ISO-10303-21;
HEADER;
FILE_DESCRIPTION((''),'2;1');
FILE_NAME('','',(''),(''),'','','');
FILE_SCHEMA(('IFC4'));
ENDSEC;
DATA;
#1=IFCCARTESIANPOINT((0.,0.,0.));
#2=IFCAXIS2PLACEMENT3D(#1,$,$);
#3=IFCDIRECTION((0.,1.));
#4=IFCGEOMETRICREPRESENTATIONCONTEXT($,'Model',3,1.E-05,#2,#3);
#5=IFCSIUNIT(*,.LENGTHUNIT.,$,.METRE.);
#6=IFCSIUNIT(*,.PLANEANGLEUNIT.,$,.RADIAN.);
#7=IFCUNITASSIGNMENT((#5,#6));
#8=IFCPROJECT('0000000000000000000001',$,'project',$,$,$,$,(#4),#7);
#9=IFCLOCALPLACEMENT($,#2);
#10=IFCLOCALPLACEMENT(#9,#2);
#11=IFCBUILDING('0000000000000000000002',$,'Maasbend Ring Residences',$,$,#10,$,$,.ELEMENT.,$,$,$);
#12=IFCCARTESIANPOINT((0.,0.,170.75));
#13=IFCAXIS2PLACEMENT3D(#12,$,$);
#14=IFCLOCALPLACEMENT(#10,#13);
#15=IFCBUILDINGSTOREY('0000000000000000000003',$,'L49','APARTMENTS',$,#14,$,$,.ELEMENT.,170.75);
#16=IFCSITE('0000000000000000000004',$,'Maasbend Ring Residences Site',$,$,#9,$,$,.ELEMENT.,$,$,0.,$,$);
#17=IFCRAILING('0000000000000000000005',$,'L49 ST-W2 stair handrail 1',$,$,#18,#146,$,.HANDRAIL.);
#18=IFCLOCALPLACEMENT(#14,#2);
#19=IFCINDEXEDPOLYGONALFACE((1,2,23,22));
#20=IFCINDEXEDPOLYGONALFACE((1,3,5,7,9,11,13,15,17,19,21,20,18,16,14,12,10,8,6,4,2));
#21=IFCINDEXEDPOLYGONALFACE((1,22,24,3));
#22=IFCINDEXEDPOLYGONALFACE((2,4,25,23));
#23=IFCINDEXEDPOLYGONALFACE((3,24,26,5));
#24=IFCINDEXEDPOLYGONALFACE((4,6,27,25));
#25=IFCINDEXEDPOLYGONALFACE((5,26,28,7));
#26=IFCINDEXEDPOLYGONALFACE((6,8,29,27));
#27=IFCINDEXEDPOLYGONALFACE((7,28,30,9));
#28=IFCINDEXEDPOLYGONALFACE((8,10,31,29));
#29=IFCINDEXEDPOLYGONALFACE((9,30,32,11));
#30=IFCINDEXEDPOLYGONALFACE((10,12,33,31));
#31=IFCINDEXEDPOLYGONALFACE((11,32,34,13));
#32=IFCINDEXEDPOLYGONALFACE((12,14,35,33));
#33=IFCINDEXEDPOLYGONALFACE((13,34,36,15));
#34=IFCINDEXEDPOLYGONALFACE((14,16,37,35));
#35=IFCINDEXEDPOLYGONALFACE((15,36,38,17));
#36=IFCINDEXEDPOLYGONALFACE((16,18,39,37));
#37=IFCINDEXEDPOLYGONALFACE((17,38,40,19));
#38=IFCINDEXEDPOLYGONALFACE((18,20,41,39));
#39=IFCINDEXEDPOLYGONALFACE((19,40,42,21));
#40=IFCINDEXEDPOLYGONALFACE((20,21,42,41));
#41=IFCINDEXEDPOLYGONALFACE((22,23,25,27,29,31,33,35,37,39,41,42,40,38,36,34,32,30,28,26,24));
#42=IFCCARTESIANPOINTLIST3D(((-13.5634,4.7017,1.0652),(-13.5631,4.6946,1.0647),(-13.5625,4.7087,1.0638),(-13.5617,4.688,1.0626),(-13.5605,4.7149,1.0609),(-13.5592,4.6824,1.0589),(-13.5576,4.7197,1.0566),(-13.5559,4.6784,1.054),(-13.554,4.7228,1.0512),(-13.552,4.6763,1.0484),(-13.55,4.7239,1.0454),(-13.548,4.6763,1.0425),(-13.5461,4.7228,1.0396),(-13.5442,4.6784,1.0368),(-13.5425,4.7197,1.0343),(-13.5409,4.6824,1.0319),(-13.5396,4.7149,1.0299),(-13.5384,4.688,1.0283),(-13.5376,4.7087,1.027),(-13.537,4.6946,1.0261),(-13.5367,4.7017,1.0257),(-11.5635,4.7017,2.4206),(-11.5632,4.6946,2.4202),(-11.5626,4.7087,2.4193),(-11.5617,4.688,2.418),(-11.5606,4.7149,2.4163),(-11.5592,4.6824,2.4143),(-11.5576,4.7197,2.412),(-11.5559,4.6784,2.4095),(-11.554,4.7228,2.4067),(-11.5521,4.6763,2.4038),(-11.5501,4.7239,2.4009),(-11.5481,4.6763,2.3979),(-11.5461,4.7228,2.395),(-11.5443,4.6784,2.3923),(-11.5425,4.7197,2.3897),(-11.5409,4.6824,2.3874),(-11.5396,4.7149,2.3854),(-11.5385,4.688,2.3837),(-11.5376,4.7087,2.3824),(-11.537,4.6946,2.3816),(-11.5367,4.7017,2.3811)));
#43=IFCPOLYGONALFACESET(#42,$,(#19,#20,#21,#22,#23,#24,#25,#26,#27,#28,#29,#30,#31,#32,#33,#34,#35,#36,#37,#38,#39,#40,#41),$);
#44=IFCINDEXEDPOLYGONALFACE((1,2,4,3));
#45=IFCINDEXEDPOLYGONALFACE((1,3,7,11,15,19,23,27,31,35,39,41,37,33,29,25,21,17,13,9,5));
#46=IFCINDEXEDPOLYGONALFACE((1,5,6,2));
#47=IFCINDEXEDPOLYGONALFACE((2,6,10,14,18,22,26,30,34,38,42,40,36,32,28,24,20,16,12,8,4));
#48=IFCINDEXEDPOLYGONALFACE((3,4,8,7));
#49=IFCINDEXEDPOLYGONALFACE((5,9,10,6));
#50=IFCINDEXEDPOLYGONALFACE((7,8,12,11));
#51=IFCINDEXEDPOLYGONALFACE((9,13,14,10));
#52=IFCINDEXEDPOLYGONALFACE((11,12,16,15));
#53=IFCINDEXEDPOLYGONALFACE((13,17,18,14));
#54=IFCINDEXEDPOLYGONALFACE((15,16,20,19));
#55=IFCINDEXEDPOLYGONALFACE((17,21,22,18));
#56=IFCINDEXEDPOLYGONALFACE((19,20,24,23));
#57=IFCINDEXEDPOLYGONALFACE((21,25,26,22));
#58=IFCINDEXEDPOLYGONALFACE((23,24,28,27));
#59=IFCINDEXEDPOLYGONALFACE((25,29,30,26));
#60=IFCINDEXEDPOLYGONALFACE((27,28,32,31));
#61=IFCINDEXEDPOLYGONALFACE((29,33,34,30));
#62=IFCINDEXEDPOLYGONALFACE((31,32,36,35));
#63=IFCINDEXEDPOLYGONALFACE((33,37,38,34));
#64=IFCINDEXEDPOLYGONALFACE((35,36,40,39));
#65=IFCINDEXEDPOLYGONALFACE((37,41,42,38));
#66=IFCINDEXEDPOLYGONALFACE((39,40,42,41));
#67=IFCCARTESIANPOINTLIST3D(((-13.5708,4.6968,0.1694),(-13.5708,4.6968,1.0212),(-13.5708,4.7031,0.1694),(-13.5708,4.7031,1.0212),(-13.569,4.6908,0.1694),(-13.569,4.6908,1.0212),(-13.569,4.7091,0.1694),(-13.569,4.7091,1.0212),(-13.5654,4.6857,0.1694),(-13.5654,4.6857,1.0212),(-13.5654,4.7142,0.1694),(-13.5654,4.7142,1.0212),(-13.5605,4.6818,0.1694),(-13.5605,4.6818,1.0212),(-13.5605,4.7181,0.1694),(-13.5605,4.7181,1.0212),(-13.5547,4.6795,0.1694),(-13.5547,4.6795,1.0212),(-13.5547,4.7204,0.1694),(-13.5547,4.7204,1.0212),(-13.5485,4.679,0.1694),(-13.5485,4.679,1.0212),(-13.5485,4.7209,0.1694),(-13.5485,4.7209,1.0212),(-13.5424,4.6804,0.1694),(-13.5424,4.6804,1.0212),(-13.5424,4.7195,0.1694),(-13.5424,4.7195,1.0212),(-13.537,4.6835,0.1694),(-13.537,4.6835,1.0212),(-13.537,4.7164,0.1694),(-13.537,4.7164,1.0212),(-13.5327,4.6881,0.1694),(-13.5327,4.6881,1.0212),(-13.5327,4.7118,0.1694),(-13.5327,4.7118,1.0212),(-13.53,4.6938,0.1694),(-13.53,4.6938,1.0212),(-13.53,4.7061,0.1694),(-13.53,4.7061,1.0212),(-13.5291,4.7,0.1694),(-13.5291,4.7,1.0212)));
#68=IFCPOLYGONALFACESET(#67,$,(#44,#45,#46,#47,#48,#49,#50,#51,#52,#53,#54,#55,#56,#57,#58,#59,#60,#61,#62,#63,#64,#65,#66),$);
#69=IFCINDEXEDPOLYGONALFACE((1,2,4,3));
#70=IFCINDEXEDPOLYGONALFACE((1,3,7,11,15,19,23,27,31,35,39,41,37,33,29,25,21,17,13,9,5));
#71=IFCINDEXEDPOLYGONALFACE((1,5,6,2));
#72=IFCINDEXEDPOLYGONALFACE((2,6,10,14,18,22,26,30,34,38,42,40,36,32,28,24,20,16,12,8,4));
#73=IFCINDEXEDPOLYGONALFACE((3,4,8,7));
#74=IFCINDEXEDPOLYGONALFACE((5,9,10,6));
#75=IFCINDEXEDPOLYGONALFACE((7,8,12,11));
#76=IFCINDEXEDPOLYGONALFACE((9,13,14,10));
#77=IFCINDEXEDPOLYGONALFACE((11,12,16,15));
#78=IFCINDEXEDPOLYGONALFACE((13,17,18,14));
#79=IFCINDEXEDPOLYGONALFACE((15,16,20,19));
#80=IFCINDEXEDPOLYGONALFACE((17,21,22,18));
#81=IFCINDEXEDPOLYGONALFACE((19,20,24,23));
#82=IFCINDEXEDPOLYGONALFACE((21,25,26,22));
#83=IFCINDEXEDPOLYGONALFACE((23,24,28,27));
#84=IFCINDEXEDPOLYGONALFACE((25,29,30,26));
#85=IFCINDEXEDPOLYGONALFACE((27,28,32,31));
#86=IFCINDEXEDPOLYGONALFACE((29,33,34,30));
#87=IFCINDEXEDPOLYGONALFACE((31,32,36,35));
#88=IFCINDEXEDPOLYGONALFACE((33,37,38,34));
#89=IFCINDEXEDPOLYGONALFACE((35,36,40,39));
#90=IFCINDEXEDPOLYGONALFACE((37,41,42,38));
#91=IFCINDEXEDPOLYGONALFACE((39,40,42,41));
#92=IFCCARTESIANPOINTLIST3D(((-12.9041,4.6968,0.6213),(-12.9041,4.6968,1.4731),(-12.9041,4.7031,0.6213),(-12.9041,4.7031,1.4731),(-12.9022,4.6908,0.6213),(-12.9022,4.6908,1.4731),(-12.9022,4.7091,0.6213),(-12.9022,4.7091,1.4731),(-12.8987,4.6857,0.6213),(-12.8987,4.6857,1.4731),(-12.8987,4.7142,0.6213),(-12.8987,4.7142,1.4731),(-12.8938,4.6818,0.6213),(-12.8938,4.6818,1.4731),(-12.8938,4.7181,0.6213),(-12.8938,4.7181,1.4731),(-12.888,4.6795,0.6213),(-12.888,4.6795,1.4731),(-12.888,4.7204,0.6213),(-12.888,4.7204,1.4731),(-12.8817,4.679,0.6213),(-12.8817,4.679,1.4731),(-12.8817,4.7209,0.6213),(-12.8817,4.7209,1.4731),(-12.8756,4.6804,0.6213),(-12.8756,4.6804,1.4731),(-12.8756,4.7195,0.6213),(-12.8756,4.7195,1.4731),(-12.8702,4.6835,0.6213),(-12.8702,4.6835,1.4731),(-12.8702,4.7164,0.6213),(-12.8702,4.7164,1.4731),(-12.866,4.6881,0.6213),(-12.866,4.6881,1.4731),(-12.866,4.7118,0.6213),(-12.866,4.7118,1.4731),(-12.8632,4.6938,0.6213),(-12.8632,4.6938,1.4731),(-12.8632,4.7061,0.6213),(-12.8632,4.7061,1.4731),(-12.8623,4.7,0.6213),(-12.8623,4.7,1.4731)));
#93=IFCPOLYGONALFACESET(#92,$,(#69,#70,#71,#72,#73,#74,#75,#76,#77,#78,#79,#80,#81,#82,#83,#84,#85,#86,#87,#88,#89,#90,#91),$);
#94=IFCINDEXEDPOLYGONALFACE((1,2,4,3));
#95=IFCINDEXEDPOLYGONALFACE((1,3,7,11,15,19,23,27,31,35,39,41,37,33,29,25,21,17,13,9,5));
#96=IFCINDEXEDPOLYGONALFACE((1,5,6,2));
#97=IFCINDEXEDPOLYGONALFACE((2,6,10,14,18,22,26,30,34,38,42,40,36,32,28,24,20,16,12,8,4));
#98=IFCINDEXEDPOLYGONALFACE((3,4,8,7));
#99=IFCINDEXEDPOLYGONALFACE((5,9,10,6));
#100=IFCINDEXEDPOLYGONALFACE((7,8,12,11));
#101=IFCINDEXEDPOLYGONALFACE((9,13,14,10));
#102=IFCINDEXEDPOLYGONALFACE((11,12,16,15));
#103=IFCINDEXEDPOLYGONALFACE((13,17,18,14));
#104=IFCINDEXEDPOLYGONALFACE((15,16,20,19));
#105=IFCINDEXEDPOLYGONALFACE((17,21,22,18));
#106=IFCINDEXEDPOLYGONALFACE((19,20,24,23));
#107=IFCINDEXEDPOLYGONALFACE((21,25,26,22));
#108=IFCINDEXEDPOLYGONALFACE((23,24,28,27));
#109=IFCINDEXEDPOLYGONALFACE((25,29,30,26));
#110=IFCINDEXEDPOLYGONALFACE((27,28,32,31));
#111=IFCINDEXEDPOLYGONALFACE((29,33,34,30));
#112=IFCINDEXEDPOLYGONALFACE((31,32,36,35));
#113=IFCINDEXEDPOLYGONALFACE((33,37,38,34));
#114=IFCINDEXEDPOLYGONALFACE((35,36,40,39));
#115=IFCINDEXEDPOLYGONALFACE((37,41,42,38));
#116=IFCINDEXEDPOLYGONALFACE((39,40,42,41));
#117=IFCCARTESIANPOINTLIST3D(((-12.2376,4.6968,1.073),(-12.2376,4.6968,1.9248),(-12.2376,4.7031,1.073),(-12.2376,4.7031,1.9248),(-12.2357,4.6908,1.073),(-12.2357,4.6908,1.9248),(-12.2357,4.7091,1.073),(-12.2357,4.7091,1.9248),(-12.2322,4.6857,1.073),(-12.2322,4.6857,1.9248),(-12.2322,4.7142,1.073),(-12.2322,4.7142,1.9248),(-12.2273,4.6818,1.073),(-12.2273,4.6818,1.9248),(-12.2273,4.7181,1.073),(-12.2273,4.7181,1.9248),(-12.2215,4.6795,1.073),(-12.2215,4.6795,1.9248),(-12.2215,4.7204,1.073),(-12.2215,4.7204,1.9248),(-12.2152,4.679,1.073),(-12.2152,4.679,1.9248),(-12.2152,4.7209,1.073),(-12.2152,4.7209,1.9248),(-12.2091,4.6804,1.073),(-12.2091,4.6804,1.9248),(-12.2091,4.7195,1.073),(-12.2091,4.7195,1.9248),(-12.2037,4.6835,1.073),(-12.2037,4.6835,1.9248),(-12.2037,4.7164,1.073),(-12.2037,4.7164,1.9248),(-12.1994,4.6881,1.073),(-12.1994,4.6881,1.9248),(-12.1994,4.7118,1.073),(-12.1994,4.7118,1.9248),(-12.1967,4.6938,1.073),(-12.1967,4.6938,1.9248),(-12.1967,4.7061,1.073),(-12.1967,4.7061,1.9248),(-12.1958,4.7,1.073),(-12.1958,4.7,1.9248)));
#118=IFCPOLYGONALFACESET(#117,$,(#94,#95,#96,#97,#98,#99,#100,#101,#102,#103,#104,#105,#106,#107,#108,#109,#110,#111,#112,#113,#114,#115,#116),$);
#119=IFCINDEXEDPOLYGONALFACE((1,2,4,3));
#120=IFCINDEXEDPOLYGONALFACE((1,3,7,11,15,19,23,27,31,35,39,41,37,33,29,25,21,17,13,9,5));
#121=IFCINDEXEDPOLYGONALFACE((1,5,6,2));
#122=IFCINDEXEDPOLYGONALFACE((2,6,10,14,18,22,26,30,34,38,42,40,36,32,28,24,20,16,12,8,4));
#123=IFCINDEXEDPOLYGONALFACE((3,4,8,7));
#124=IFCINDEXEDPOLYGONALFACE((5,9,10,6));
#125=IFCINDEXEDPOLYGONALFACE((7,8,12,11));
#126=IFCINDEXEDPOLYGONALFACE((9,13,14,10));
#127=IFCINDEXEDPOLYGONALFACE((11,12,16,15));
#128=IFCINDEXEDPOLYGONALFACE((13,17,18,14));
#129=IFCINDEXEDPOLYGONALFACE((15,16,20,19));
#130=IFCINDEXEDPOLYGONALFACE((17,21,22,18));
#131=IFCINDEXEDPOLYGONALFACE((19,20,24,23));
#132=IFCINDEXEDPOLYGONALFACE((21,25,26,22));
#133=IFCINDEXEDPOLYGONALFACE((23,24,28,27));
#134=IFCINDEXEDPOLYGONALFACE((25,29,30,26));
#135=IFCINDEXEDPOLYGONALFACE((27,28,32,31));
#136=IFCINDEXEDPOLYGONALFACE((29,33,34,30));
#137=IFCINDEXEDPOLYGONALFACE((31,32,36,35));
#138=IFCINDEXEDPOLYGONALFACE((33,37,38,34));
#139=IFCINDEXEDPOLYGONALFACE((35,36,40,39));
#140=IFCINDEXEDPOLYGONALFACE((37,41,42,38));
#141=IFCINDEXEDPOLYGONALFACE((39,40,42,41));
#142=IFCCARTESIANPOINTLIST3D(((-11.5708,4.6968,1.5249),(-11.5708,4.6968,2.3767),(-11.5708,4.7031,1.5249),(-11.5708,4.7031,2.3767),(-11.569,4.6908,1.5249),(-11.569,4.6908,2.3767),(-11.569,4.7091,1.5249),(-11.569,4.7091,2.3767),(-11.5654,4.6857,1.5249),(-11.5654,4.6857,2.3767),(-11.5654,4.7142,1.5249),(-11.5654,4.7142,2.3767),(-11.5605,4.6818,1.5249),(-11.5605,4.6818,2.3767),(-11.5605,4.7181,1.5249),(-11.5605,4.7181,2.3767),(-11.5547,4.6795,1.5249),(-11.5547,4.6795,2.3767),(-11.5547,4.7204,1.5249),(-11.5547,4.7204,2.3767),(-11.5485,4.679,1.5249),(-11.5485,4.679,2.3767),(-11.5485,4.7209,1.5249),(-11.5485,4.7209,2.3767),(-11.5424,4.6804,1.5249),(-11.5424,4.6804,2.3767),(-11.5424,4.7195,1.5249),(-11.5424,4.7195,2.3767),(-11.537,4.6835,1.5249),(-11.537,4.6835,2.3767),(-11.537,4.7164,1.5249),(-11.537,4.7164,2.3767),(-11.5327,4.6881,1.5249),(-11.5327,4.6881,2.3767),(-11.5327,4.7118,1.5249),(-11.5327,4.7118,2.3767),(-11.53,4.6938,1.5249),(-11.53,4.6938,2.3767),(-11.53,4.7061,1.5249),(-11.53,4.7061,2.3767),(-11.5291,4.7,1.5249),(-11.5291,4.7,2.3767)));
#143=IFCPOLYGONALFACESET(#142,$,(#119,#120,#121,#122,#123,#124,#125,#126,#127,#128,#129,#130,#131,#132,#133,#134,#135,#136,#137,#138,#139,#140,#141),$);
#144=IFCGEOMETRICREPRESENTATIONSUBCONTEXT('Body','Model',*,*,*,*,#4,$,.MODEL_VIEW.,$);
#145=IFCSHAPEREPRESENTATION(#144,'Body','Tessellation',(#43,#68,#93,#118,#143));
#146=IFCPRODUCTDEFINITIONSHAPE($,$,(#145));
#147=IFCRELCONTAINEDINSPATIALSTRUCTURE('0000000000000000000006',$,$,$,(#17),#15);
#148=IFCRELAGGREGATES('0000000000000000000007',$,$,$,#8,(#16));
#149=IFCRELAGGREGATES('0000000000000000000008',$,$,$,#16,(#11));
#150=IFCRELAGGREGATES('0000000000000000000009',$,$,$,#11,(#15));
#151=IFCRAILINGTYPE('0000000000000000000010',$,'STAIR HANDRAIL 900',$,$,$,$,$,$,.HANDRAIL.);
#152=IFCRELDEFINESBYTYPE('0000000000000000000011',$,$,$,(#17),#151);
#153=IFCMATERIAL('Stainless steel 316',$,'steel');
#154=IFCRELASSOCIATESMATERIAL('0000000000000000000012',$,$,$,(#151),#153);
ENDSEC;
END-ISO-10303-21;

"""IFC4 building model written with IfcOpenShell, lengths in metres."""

from ifc_helpers import new_model, si_unit, direction, frame, origin, origin_2d, place, context, subcontext, project, spatial, circle, extrude, material, type_object, element, save


model = new_model("IFC4")

# Units and contexts
model_context = context("Model", 3, precision=1e-05, world=origin(), true_north=direction((0.0, 1.0)))
body_context = subcontext(model_context, "Body", "Model", "MODEL_VIEW")
ifc_project = project(units=[si_unit("LENGTHUNIT", "METRE"), si_unit("PLANEANGLEUNIT", "RADIAN")], contexts=[model_context])

# Site, building, storey
site_placement = place(None, origin())
site = spatial("IfcSite", under=ifc_project, at=site_placement, Name="Maasbend Ring Residences Site", CompositionType="ELEMENT", RefElevation=0.0)
building_placement = place(site_placement, origin())
building = spatial("IfcBuilding", under=site, at=building_placement, Name="Maasbend Ring Residences", CompositionType="ELEMENT")
storey_placement = place(building_placement, frame((0.0, 0.0, 170.75)))
storey = spatial("IfcBuildingStorey", under=building, at=storey_placement, Name="L49", Description="APARTMENTS", CompositionType="ELEMENT", Elevation=170.75)

# Railing
ifc_material_1 = material(Name="Stainless steel 316", Category="steel")
railing_type_1 = type_object("IfcRailingType", Name="STAIR HANDRAIL 900", PredefinedType="HANDRAIL", material=ifc_material_1)
railing_1_placement = place(storey_placement, frame((-13.55, 4.7, 0.1694)))
element("IfcRailing", 1, at=railing_1_placement, inside=storey, type_object=railing_type_1, Name="L49 ST-W2 stair handrail 1", PredefinedType="HANDRAIL", context=body_context, shape_type="SweptSolid", body=[
    extrude(circle(Radius=0.0239, at=origin_2d()), frame((0.0, 0.0, 0.876), z_axis=(0.827798, 0.0, 0.561027), x_axis=(0.0, 1.0, 0.0)), (0.0, 0.0, 1.0), 2.416),
    extrude(circle(Radius=0.021, at=origin_2d()), origin(), (0.0, 0.0, 1.0), 0.8518),
    extrude(circle(Radius=0.021, at=origin_2d()), frame((0.6667, 0.0, 0.4519)), (0.0, 0.0, 1.0), 0.8518),
    extrude(circle(Radius=0.021, at=origin_2d()), frame((1.3333, 0.0, 0.9036)), (0.0, 0.0, 1.0), 0.8518),
    extrude(circle(Radius=0.021, at=origin_2d()), frame((2.0, 0.0, 1.3555)), (0.0, 0.0, 1.0), 0.8518),
])

save(model, "model.ifc")
